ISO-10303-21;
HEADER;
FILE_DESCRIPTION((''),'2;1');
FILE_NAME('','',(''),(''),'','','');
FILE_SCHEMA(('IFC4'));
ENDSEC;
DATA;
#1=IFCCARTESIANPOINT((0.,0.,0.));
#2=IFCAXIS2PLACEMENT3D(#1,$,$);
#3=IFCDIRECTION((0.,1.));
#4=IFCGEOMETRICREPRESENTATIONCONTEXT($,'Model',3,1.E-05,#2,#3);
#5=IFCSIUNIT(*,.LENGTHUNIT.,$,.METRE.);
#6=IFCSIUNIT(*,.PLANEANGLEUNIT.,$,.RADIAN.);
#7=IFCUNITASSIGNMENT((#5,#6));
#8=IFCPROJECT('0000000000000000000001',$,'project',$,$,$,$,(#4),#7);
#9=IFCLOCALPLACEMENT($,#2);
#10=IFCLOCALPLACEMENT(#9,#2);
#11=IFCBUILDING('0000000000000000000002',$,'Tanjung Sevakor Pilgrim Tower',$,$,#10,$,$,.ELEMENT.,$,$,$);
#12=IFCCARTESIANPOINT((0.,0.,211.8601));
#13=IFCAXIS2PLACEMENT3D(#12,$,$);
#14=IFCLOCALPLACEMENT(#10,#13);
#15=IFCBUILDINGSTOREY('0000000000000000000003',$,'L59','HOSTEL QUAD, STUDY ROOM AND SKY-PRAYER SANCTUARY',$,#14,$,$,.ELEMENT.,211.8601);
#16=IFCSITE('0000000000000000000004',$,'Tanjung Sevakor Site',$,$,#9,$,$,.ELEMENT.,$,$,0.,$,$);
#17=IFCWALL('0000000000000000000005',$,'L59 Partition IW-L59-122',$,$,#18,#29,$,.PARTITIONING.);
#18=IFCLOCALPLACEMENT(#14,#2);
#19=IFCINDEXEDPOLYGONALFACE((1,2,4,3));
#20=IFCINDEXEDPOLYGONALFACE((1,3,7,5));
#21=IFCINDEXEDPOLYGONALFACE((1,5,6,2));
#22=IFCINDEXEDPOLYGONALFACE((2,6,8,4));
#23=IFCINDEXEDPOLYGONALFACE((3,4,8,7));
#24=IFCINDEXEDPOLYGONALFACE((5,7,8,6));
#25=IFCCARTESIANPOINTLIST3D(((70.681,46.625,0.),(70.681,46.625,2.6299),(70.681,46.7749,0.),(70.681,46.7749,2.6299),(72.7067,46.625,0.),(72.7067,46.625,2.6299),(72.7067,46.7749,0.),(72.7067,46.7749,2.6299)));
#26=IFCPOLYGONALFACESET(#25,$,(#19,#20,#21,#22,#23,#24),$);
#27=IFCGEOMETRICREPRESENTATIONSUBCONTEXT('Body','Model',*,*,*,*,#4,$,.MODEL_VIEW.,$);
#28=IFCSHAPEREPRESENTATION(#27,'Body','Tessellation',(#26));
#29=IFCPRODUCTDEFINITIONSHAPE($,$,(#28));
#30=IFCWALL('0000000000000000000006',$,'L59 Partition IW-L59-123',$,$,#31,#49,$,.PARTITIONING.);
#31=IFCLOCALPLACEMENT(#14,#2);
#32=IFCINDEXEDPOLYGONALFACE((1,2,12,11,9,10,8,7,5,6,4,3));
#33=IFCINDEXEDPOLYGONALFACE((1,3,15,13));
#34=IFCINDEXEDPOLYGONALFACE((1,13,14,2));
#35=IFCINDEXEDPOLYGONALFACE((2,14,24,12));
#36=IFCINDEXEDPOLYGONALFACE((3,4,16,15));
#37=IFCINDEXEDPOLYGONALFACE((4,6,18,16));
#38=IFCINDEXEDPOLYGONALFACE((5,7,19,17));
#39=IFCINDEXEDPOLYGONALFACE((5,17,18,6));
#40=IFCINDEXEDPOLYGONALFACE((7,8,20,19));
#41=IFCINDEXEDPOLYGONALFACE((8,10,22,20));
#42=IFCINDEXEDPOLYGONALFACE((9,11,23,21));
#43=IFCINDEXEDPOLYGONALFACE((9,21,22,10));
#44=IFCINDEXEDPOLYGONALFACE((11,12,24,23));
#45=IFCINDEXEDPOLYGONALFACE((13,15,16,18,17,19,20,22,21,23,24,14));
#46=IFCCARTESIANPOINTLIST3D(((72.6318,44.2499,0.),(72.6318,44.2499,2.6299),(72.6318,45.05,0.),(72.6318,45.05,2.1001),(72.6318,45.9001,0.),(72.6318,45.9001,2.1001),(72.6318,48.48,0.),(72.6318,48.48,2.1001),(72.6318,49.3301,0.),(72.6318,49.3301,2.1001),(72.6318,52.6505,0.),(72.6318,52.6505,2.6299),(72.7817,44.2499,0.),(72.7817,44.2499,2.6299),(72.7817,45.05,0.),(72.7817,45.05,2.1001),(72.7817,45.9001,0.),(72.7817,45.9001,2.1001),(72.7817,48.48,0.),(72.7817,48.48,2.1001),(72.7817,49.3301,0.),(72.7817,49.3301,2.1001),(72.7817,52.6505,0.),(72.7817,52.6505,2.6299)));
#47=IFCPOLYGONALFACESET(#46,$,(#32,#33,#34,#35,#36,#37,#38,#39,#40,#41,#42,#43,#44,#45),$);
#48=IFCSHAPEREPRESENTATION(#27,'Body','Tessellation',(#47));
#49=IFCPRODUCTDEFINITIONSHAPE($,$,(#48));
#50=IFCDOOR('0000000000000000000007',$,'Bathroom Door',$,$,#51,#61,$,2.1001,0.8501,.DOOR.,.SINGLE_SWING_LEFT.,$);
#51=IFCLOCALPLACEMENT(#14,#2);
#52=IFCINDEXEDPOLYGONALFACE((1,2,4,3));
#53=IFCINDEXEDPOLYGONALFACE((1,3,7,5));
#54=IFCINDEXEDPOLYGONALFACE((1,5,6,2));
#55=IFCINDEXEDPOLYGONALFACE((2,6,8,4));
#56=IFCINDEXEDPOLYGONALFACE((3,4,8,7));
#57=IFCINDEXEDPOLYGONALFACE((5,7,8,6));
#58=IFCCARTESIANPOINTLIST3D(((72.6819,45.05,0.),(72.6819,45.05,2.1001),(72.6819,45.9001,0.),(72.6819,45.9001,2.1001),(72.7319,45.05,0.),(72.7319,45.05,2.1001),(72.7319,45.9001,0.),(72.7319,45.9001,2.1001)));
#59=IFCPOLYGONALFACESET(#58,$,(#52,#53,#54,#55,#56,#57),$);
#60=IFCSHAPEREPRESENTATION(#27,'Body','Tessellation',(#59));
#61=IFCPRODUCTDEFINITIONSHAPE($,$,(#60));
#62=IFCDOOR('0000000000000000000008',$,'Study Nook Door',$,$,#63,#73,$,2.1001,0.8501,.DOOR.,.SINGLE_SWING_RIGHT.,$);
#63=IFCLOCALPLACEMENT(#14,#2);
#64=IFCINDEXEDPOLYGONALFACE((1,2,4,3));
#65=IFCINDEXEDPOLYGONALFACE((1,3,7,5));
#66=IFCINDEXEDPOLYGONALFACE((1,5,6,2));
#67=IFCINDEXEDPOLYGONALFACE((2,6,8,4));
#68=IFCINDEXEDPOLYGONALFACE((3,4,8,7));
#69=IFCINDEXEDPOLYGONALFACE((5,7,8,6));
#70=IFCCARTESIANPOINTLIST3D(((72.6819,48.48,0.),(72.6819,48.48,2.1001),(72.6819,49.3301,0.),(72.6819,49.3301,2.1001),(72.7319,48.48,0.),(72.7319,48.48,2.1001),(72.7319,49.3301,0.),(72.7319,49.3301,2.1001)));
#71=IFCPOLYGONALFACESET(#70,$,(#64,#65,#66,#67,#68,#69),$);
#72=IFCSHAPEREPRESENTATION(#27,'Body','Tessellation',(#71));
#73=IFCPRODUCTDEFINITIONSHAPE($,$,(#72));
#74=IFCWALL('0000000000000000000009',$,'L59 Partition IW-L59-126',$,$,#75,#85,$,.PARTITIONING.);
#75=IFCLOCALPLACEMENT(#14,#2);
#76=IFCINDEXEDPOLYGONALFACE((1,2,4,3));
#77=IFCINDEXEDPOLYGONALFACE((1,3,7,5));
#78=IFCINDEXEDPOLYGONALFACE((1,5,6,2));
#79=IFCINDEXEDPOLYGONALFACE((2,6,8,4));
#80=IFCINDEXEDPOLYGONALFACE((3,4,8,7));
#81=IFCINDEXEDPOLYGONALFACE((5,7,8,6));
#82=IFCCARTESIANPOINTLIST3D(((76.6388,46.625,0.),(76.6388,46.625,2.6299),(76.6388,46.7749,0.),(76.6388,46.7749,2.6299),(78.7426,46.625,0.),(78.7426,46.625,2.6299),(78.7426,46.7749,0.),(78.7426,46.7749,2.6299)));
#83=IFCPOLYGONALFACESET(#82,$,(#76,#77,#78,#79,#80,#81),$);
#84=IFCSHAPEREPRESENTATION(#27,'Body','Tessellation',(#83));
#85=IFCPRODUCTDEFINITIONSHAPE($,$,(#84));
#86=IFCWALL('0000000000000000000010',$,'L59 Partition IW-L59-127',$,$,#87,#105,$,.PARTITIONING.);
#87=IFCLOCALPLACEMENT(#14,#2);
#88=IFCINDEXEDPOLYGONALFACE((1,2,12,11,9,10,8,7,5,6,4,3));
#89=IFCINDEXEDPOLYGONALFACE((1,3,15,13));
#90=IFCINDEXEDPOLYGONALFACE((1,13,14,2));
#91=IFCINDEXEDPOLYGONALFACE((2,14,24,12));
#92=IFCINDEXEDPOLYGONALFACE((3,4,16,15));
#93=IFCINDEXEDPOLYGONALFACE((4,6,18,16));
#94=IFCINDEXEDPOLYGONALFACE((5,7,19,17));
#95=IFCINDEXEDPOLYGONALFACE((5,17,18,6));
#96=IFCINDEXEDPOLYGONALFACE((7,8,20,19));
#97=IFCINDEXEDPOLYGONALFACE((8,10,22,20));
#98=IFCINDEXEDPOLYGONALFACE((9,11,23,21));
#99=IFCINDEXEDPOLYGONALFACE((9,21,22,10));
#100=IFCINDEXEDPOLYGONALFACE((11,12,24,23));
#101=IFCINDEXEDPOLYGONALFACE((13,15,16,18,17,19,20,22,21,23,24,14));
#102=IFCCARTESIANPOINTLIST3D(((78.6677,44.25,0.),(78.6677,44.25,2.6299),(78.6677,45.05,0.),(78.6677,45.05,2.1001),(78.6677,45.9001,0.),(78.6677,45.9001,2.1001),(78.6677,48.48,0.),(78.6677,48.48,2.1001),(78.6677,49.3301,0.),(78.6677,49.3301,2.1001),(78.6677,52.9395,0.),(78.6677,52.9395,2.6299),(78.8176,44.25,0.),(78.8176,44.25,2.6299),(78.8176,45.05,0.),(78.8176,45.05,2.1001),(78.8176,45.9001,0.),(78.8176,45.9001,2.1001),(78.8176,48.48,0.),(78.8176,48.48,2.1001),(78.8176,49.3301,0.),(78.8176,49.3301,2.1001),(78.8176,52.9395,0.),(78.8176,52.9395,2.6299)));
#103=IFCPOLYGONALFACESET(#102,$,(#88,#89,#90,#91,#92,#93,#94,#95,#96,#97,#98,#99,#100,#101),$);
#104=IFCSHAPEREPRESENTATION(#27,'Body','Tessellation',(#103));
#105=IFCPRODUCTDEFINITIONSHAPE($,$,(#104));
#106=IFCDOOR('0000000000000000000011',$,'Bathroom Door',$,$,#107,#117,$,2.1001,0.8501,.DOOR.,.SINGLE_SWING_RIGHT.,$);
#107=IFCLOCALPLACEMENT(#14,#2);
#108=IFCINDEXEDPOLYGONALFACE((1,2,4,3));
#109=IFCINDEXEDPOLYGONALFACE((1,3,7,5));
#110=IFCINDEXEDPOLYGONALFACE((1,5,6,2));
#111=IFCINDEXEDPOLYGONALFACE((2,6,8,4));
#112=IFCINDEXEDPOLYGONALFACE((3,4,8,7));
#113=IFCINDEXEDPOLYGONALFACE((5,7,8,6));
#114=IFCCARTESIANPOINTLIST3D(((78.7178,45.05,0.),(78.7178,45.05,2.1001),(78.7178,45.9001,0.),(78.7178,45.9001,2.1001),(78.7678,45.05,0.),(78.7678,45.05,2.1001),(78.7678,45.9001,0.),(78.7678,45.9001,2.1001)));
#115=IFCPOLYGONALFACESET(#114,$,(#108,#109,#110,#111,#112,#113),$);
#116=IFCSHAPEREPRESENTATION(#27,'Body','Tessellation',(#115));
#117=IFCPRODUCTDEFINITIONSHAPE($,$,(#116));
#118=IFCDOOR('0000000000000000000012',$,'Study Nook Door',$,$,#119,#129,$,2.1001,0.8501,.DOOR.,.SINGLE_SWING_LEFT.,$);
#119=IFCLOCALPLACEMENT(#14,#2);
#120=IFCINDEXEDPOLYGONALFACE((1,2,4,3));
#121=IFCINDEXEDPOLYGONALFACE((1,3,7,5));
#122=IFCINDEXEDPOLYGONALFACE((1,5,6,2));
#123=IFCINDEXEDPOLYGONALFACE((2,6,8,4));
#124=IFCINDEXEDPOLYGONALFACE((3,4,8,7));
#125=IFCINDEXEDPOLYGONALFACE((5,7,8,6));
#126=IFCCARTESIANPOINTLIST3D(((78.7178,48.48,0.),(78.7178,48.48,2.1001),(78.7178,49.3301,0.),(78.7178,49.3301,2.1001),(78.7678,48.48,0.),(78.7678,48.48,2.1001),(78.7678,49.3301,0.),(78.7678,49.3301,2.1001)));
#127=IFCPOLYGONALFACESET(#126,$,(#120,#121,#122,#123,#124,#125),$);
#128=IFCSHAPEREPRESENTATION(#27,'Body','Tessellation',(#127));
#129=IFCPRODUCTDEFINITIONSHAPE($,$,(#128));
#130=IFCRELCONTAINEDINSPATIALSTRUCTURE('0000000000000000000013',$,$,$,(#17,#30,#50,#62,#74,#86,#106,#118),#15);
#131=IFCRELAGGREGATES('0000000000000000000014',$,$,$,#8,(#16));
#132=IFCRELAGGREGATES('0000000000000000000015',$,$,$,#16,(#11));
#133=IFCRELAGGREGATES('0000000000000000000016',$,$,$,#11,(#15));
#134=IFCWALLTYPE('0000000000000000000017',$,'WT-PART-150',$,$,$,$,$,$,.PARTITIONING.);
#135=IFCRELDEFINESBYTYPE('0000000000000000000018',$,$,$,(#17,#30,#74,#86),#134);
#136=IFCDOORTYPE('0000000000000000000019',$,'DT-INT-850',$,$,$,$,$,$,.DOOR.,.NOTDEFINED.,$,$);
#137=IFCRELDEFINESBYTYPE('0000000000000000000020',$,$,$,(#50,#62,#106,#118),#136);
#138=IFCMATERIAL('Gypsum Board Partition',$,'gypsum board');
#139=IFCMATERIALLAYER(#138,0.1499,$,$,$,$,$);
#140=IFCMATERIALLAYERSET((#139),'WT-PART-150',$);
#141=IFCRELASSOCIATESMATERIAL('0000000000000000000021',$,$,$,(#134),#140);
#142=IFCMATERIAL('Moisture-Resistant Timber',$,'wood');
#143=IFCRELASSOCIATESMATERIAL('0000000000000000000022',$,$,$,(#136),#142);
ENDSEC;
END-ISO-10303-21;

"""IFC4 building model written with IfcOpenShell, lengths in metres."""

from ifc_helpers import new_model, si_unit, direction, frame, frame_2d, origin, place, context, subcontext, project, spatial, rectangle, extrude, material, layer, layer_set, type_object, element, fill, save


model = new_model("IFC4")

# Units and contexts
model_context = context("Model", 3, precision=1e-05, world=origin(), true_north=direction((0.0, 1.0)))
body_context = subcontext(model_context, "Body", "Model", "MODEL_VIEW")
ifc_project = project(units=[si_unit("LENGTHUNIT", "METRE"), si_unit("PLANEANGLEUNIT", "RADIAN")], contexts=[model_context])

# Site, building, storey
site_placement = place(None, origin())
site = spatial("IfcSite", under=ifc_project, at=site_placement, Name="Tanjung Sevakor Site", CompositionType="ELEMENT", RefElevation=0.0)
building_placement = place(site_placement, origin())
building = spatial("IfcBuilding", under=site, at=building_placement, Name="Tanjung Sevakor Pilgrim Tower", CompositionType="ELEMENT")
storey_placement = place(building_placement, frame((0.0, 0.0, 211.8601)))
storey = spatial("IfcBuildingStorey", under=building, at=storey_placement, Name="L59", Description="HOSTEL QUAD, STUDY ROOM AND SKY-PRAYER SANCTUARY", CompositionType="ELEMENT", Elevation=211.8601)

# Wall
ifc_material_1 = material(Name="Gypsum Board Partition", Category="gypsum board")
ifc_layer_1 = layer(ifc_material_1, 0.1499)
ifc_layer_set_1 = layer_set([ifc_layer_1], Name="WT-PART-150")
wall_type_1 = type_object("IfcWallType", Name="WT-PART-150", PredefinedType="PARTITIONING", material=ifc_layer_set_1)
wall_1_placement = place(storey_placement, frame((70.6812, 46.7, 0.0), z_axis=(0.0, 0.0, 1.0), x_axis=(1.0, 0.0, 0.0)))
element("IfcWall", 1, at=wall_1_placement, inside=storey, type_object=wall_type_1, Name="L59 Partition IW-L59-122", PredefinedType="PARTITIONING", context=body_context, shape_type="SweptSolid", body=[
    extrude(rectangle(XDim=2.0256, YDim=0.1499, at=frame_2d((1.0127, 0.0))), origin(), (0.0, 0.0, 1.0), 2.6299),
])

# Wall, openings, doors
wall_2_placement = place(storey_placement, frame((72.7068, 44.25, 0.0), z_axis=(0.0, 0.0, 1.0), x_axis=(0.0, 1.0, 0.0)))
wall_2 = element("IfcWall", 2, at=wall_2_placement, inside=storey, type_object=wall_type_1, Name="L59 Partition IW-L59-123", PredefinedType="PARTITIONING", context=body_context, shape_type="SweptSolid", body=[
    extrude(rectangle(XDim=8.4006, YDim=0.1499, at=frame_2d((4.2002, 0.0))), origin(), (0.0, 0.0, 1.0), 2.6299),
])
opening_1_placement = place(wall_2_placement, frame((0.8, 0.0, 0.0)))
opening_1 = element("IfcOpeningElement", 3, at=opening_1_placement, cuts=wall_2, PredefinedType="OPENING", context=body_context, shape_type="SweptSolid", body=[
    extrude(rectangle(XDim=0.8501, YDim=2.1001, at=frame_2d((0.425, 1.05))), frame((0.0, 0.085, 0.0), z_axis=(0.0, -1.0, 0.0), x_axis=(1.0, 0.0, 0.0)), (0.0, 0.0, 1.0), 0.1699),
])
opening_2_placement = place(wall_2_placement, frame((4.23, 0.0, 0.0)))
opening_2 = element("IfcOpeningElement", 4, at=opening_2_placement, cuts=wall_2, PredefinedType="OPENING", context=body_context, shape_type="SweptSolid", body=[
    extrude(rectangle(XDim=0.8501, YDim=2.1001, at=frame_2d((0.425, 1.05))), frame((0.0, 0.085, 0.0), z_axis=(0.0, -1.0, 0.0), x_axis=(1.0, 0.0, 0.0)), (0.0, 0.0, 1.0), 0.1699),
])
ifc_material_2 = material(Name="Moisture-Resistant Timber", Category="wood")
door_type_1 = type_object("IfcDoorType", Name="DT-INT-850", OperationType="NOTDEFINED", PredefinedType="DOOR", material=ifc_material_2)
door_1_placement = place(opening_1_placement, origin())
door_1 = element("IfcDoor", 5, at=door_1_placement, inside=storey, type_object=door_type_1, Name="Bathroom Door", OperationType="SINGLE_SWING_LEFT", OverallHeight=2.1001, OverallWidth=0.8501, PredefinedType="DOOR", context=body_context, shape_type="SweptSolid", body=[
    extrude(rectangle(XDim=0.8501, YDim=2.1001, at=frame_2d((0.425, 1.05))), frame((0.0, 0.0249, 0.0), z_axis=(0.0, -1.0, 0.0), x_axis=(1.0, 0.0, 0.0)), (0.0, 0.0, 1.0), 0.05),
])
fill(opening_1, door_1)
door_2_placement = place(opening_2_placement, origin())
door_2 = element("IfcDoor", 6, at=door_2_placement, inside=storey, type_object=door_type_1, Name="Study Nook Door", OperationType="SINGLE_SWING_RIGHT", OverallHeight=2.1001, OverallWidth=0.8501, PredefinedType="DOOR", context=body_context, shape_type="SweptSolid", body=[
    extrude(rectangle(XDim=0.8501, YDim=2.1001, at=frame_2d((0.425, 1.05))), frame((0.0, 0.0249, 0.0), z_axis=(0.0, -1.0, 0.0), x_axis=(1.0, 0.0, 0.0)), (0.0, 0.0, 1.0), 0.05),
])
fill(opening_2, door_2)

# Wall
wall_3_placement = place(storey_placement, frame((76.6389, 46.7, 0.0), z_axis=(0.0, 0.0, 1.0), x_axis=(1.0, 0.0, 0.0)))
element("IfcWall", 7, at=wall_3_placement, inside=storey, type_object=wall_type_1, Name="L59 Partition IW-L59-126", PredefinedType="PARTITIONING", context=body_context, shape_type="SweptSolid", body=[
    extrude(rectangle(XDim=2.1038, YDim=0.1499, at=frame_2d((1.0518, 0.0))), origin(), (0.0, 0.0, 1.0), 2.6299),
])

# Wall, openings, doors
wall_4_placement = place(storey_placement, frame((78.7427, 44.25, 0.0), z_axis=(0.0, 0.0, 1.0), x_axis=(0.0, 1.0, 0.0)))
wall_4 = element("IfcWall", 8, at=wall_4_placement, inside=storey, type_object=wall_type_1, Name="L59 Partition IW-L59-127", PredefinedType="PARTITIONING", context=body_context, shape_type="SweptSolid", body=[
    extrude(rectangle(XDim=8.6895, YDim=0.1499, at=frame_2d((4.3447, 0.0))), origin(), (0.0, 0.0, 1.0), 2.6299),
])
opening_3_placement = place(wall_4_placement, frame((0.8, 0.0, 0.0)))
opening_3 = element("IfcOpeningElement", 9, at=opening_3_placement, cuts=wall_4, PredefinedType="OPENING", context=body_context, shape_type="SweptSolid", body=[
    extrude(rectangle(XDim=0.8501, YDim=2.1001, at=frame_2d((0.425, 1.05))), frame((0.0, 0.085, 0.0), z_axis=(0.0, -1.0, 0.0), x_axis=(1.0, 0.0, 0.0)), (0.0, 0.0, 1.0), 0.1699),
])
opening_4_placement = place(wall_4_placement, frame((4.23, 0.0, 0.0)))
opening_4 = element("IfcOpeningElement", 10, at=opening_4_placement, cuts=wall_4, PredefinedType="OPENING", context=body_context, shape_type="SweptSolid", body=[
    extrude(rectangle(XDim=0.8501, YDim=2.1001, at=frame_2d((0.425, 1.05))), frame((0.0, 0.085, 0.0), z_axis=(0.0, -1.0, 0.0), x_axis=(1.0, 0.0, 0.0)), (0.0, 0.0, 1.0), 0.1699),
])
door_3_placement = place(opening_3_placement, origin())
door_3 = element("IfcDoor", 11, at=door_3_placement, inside=storey, type_object=door_type_1, Name="Bathroom Door", OperationType="SINGLE_SWING_RIGHT", OverallHeight=2.1001, OverallWidth=0.8501, PredefinedType="DOOR", context=body_context, shape_type="SweptSolid", body=[
    extrude(rectangle(XDim=0.8501, YDim=2.1001, at=frame_2d((0.425, 1.05))), frame((0.0, 0.0249, 0.0), z_axis=(0.0, -1.0, 0.0), x_axis=(1.0, 0.0, 0.0)), (0.0, 0.0, 1.0), 0.05),
])
fill(opening_3, door_3)
door_4_placement = place(opening_4_placement, origin())
door_4 = element("IfcDoor", 12, at=door_4_placement, inside=storey, type_object=door_type_1, Name="Study Nook Door", OperationType="SINGLE_SWING_LEFT", OverallHeight=2.1001, OverallWidth=0.8501, PredefinedType="DOOR", context=body_context, shape_type="SweptSolid", body=[
    extrude(rectangle(XDim=0.8501, YDim=2.1001, at=frame_2d((0.425, 1.05))), frame((0.0, 0.0249, 0.0), z_axis=(0.0, -1.0, 0.0), x_axis=(1.0, 0.0, 0.0)), (0.0, 0.0, 1.0), 0.05),
])
fill(opening_4, door_4)

save(model, "model.ifc")
